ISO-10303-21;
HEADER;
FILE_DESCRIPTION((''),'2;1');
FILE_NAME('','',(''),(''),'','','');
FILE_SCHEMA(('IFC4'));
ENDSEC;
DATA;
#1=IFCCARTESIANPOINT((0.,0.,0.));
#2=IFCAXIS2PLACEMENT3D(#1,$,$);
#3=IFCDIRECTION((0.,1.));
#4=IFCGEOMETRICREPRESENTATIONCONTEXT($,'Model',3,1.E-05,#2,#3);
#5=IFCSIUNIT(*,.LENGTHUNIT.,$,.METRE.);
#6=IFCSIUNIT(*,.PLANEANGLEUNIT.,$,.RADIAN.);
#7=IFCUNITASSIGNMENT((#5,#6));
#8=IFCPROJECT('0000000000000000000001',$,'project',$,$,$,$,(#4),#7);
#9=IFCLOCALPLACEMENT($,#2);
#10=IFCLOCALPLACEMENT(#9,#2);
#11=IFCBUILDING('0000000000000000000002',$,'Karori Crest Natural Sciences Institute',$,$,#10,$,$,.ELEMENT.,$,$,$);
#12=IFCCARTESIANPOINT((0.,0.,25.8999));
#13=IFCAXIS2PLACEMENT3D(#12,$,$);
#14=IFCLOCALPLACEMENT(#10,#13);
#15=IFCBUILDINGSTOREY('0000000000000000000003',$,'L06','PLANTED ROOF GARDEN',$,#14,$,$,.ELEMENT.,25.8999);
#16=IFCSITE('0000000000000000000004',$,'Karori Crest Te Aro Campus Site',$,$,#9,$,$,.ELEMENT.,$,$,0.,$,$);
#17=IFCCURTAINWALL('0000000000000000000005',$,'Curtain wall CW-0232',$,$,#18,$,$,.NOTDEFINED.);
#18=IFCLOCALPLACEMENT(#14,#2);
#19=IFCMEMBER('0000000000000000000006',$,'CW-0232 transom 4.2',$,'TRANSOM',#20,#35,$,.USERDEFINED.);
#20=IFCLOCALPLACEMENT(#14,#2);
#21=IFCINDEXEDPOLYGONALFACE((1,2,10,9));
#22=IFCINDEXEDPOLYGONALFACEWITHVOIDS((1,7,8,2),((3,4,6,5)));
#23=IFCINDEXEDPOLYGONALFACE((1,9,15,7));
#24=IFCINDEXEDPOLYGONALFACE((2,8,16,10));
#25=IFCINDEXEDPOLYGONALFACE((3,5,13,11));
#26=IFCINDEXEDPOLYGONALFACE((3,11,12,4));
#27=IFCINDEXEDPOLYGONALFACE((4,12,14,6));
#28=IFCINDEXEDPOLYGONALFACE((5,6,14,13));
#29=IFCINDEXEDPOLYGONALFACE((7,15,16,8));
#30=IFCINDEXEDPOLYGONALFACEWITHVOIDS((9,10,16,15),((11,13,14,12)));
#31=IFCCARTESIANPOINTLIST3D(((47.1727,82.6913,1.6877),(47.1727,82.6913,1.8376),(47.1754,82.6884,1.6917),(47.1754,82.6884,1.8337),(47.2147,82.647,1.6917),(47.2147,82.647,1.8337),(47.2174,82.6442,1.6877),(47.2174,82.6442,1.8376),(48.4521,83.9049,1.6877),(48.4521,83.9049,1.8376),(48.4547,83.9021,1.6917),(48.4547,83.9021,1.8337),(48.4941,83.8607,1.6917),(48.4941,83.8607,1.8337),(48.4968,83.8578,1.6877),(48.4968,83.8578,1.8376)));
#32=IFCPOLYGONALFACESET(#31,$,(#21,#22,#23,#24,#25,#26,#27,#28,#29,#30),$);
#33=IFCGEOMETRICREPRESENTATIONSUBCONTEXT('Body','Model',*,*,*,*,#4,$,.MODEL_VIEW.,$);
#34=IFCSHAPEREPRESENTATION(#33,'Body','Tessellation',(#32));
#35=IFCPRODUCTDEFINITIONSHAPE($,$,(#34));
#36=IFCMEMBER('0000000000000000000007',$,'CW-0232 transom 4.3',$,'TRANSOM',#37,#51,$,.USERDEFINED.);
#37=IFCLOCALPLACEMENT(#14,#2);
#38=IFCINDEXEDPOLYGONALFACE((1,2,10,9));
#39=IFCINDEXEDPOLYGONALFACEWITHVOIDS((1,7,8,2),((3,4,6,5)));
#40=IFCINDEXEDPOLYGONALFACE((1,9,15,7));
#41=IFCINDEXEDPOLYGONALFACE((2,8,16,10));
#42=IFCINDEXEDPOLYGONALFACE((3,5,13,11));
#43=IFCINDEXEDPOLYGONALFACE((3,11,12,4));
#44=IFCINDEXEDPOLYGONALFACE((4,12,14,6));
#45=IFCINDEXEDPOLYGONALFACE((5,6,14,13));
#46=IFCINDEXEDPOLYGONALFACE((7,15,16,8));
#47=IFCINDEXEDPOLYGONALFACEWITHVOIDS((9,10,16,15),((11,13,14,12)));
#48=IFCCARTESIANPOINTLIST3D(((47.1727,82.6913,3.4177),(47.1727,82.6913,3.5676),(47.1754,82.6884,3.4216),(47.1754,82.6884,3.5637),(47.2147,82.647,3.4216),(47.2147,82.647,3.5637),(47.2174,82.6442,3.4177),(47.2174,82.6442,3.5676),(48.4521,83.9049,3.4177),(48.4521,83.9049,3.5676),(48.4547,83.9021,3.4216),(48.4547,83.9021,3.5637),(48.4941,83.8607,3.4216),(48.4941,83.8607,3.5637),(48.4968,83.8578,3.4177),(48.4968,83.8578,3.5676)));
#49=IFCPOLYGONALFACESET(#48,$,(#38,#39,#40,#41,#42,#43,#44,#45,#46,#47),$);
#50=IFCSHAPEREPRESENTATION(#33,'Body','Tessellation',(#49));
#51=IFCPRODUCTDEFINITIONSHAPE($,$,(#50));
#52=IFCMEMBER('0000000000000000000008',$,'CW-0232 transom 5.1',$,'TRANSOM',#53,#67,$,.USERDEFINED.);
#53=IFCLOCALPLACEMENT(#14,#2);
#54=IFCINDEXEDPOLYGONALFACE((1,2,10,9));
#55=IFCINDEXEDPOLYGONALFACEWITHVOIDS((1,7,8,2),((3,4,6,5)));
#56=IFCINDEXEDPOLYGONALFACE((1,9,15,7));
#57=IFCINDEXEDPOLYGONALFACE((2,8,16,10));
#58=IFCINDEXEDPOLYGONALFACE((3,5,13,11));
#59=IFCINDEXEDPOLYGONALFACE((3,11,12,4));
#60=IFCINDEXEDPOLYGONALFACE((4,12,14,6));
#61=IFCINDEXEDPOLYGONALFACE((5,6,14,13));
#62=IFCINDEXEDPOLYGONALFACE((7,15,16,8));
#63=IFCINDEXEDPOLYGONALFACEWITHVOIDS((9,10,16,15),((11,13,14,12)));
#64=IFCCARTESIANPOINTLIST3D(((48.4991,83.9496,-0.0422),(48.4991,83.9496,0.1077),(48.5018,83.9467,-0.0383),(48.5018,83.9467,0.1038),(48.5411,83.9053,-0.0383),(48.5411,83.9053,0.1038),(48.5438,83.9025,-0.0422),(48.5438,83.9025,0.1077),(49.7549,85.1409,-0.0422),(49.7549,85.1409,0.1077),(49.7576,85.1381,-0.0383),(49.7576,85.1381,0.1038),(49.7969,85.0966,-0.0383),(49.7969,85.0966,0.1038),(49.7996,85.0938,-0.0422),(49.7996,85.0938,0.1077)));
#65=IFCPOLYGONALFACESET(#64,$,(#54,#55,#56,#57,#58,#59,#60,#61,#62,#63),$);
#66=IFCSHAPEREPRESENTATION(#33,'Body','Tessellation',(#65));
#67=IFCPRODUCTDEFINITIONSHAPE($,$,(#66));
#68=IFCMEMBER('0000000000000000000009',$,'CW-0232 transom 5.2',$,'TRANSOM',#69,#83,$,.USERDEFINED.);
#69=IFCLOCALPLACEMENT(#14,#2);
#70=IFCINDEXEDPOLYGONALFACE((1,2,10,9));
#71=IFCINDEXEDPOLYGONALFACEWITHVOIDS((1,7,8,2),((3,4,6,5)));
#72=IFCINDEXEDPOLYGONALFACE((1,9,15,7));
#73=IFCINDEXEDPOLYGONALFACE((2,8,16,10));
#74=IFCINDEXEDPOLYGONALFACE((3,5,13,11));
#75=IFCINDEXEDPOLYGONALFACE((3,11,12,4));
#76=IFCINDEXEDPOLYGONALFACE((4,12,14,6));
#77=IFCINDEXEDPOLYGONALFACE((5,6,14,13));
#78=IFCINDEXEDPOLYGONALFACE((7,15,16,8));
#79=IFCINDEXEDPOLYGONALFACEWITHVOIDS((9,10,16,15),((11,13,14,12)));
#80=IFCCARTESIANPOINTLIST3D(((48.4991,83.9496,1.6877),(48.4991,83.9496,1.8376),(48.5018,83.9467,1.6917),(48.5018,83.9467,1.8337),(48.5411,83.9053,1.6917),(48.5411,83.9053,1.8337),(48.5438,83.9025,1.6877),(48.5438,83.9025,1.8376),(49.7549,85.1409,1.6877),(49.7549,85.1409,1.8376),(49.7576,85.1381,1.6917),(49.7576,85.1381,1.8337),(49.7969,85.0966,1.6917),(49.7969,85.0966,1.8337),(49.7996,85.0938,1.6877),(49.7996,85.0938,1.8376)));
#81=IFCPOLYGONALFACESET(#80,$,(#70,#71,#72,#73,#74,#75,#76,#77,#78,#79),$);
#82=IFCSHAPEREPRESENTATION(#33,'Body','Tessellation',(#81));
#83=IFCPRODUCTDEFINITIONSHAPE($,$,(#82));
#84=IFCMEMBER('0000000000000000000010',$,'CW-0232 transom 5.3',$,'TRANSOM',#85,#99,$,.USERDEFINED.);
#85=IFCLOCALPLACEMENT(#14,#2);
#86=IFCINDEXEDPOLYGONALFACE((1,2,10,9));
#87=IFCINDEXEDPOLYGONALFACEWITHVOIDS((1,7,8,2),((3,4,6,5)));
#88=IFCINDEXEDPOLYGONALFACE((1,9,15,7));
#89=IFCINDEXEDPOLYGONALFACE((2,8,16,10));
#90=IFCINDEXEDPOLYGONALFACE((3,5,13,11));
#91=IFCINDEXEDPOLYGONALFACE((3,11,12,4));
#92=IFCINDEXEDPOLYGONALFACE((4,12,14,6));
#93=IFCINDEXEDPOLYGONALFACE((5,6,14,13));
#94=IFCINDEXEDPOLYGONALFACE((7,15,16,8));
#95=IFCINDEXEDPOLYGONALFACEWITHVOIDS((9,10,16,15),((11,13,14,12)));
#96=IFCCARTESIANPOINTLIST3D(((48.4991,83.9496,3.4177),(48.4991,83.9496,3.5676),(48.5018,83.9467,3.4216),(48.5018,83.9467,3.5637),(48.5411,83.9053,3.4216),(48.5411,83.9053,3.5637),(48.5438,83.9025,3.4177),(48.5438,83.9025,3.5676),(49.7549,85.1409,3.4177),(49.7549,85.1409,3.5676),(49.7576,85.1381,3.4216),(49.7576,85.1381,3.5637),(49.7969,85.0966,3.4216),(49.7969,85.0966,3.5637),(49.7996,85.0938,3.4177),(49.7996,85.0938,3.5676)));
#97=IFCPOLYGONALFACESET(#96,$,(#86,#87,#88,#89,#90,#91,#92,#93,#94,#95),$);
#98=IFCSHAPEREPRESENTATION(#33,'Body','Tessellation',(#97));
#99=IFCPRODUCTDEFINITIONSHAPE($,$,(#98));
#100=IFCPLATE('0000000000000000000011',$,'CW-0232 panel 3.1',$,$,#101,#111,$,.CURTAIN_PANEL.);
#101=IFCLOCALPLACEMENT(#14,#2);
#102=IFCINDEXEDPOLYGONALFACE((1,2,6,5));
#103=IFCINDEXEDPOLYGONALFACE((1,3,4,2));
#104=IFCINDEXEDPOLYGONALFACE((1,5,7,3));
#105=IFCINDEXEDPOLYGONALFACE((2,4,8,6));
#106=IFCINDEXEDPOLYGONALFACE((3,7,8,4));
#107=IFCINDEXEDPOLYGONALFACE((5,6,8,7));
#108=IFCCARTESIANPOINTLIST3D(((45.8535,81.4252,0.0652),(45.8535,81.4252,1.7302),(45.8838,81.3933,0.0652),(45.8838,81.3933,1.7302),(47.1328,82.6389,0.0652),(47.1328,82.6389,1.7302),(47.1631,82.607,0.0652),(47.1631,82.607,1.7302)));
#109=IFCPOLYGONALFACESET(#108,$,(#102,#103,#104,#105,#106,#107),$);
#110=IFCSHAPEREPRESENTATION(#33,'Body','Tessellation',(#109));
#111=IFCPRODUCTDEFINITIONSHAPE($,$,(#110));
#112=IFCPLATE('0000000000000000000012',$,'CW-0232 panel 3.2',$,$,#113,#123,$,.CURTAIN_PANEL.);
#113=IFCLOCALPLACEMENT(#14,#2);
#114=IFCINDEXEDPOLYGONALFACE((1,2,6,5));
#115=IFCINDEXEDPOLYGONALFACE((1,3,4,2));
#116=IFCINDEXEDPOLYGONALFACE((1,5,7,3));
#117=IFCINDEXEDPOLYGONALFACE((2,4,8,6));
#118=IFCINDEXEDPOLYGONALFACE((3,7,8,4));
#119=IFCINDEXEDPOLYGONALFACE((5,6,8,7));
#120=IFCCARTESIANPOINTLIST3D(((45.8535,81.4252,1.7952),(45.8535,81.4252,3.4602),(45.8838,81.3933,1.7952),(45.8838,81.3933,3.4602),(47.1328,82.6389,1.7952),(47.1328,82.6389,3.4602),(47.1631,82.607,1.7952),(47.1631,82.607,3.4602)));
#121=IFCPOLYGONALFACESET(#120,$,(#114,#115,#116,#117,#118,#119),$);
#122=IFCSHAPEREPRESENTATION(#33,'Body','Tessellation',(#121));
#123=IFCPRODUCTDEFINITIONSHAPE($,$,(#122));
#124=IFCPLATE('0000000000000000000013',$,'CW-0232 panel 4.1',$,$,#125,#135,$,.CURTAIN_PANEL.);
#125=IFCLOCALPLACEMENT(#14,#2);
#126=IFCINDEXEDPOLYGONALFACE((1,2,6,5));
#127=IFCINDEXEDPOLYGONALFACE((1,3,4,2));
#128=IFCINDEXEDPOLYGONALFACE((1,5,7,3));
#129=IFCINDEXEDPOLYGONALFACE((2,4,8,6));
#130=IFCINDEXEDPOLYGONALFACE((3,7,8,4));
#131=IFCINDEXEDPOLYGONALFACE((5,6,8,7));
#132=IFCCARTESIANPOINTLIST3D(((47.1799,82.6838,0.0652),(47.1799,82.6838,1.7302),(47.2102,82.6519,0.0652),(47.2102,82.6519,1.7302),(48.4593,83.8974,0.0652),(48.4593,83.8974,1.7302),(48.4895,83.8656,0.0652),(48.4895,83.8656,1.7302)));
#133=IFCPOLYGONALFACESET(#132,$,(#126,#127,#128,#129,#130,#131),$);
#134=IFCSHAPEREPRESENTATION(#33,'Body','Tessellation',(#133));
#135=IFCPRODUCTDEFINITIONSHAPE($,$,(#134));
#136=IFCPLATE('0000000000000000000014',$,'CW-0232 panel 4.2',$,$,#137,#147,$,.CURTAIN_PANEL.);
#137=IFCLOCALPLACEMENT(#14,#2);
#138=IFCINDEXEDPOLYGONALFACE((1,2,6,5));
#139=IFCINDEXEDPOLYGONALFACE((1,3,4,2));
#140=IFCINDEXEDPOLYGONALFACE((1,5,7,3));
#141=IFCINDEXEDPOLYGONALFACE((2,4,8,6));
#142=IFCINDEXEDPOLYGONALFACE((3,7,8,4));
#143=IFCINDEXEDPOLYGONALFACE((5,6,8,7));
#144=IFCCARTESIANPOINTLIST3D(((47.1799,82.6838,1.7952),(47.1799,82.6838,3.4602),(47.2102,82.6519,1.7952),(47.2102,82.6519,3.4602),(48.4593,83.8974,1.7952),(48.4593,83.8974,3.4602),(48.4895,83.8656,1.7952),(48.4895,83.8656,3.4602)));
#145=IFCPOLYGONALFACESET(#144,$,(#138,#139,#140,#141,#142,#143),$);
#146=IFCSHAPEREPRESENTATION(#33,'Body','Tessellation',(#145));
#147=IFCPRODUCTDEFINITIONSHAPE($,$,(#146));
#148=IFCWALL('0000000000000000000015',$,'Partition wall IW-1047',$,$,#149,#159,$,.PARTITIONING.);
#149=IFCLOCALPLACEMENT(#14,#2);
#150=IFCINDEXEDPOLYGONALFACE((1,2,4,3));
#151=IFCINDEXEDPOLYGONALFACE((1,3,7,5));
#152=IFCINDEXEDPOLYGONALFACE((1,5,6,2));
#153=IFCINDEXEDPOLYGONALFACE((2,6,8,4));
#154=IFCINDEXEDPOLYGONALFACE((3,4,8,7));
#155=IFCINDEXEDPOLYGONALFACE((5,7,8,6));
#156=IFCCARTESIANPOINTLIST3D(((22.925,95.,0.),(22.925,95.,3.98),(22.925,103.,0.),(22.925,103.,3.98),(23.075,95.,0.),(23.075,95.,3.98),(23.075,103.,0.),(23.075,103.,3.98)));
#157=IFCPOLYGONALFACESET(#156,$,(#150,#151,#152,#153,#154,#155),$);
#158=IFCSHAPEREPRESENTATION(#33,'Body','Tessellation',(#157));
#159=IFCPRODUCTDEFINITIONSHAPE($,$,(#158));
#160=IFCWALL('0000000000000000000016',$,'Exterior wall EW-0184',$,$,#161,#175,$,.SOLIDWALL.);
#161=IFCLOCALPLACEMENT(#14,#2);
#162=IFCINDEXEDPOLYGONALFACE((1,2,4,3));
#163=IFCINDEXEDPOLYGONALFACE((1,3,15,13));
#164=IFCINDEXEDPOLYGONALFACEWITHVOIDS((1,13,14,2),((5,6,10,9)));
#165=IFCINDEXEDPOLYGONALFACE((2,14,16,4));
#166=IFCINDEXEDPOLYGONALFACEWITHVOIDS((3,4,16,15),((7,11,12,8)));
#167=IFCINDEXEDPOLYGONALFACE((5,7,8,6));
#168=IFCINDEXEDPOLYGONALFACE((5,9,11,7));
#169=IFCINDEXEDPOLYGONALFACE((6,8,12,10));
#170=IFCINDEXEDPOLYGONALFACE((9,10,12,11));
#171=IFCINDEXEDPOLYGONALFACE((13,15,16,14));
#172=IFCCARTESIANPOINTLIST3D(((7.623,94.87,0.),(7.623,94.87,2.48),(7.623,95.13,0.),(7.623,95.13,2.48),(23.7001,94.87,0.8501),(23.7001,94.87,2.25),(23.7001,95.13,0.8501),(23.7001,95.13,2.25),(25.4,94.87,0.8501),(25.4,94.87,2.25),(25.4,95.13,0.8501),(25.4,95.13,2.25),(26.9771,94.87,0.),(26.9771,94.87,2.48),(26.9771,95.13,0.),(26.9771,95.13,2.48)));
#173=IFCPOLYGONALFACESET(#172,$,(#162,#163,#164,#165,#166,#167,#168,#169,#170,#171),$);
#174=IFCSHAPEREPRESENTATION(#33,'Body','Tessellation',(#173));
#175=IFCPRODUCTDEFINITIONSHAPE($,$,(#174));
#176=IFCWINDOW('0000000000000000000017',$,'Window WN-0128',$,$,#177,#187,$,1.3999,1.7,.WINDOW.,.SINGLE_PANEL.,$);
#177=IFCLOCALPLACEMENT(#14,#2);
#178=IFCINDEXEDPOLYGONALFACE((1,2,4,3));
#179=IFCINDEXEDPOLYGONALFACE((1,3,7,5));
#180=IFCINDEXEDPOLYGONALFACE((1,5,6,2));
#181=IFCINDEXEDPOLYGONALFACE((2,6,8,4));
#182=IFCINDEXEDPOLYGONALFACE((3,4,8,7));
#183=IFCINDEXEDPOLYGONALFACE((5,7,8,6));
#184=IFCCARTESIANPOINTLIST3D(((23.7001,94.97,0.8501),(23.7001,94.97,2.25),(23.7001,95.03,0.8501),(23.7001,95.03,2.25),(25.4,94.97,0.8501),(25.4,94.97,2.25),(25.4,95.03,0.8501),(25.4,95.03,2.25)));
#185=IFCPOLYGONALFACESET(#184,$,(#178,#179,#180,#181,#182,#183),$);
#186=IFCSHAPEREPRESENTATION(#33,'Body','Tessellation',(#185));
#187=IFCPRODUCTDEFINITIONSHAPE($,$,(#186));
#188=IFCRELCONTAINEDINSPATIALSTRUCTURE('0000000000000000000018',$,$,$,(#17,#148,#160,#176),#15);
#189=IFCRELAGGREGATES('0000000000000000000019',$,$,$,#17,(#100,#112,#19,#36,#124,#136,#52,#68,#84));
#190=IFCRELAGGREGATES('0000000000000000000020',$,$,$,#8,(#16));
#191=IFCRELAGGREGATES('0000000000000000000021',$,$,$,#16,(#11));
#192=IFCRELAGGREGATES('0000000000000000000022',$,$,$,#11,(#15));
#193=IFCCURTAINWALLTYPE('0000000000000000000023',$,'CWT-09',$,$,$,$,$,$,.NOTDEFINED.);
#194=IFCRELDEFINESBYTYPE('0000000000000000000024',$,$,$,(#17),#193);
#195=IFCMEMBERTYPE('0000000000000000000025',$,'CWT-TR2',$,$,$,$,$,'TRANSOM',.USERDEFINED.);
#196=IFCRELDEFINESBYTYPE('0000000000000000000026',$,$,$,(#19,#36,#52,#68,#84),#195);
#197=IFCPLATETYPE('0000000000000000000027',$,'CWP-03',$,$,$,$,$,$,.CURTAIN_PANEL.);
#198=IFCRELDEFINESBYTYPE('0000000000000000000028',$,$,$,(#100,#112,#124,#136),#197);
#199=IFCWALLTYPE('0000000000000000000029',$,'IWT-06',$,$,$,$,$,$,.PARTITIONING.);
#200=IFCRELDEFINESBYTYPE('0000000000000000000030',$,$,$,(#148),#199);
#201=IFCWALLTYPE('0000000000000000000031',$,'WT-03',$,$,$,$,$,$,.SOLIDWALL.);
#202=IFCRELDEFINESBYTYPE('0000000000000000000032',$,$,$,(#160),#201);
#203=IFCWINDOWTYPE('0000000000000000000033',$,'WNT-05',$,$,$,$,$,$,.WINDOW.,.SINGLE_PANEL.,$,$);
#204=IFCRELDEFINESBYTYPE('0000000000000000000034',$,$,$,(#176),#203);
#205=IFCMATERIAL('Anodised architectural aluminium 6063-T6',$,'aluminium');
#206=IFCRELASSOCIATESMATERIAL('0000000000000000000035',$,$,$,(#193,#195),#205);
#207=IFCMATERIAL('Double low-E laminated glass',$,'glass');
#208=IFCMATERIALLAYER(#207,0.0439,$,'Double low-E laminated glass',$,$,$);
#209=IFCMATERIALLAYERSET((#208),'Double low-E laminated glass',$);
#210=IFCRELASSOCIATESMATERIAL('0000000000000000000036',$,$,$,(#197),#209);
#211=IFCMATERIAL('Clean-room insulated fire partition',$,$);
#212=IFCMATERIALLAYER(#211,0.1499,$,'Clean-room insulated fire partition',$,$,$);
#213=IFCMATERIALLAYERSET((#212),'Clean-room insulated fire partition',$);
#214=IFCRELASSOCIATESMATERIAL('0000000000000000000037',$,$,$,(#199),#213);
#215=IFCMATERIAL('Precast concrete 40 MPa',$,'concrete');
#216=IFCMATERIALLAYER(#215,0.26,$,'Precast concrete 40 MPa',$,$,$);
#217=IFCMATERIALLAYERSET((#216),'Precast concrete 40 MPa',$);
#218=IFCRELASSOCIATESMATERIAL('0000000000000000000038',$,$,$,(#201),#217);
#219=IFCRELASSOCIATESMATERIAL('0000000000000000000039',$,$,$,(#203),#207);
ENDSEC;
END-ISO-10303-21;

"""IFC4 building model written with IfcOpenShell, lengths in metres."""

from ifc_helpers import new_model, si_unit, direction, frame, frame_2d, origin, origin_2d, place, context, subcontext, project, spatial, rectangle, hollow_rectangle, extrude, material, layer, layer_set, material_profile, profile_set, type_object, element, fill, aggregate, save


model = new_model("IFC4")

# Units and contexts
model_context = context("Model", 3, precision=1e-05, world=origin(), true_north=direction((0.0, 1.0)))
body_context = subcontext(model_context, "Body", "Model", "MODEL_VIEW")
ifc_project = project(units=[si_unit("LENGTHUNIT", "METRE"), si_unit("PLANEANGLEUNIT", "RADIAN")], contexts=[model_context])

# Site, building, storey
site_placement = place(None, origin())
site = spatial("IfcSite", under=ifc_project, at=site_placement, Name="Karori Crest Te Aro Campus Site", CompositionType="ELEMENT", RefElevation=0.0)
building_placement = place(site_placement, origin())
building = spatial("IfcBuilding", under=site, at=building_placement, Name="Karori Crest Natural Sciences Institute", CompositionType="ELEMENT")
storey_placement = place(building_placement, frame((0.0, 0.0, 25.8999)))
storey = spatial("IfcBuildingStorey", under=building, at=storey_placement, Name="L06", Description="PLANTED ROOF GARDEN", CompositionType="ELEMENT", Elevation=25.8999)

# Curtain wall, members, plates
ifc_material_1 = material(Name="Anodised architectural aluminium 6063-T6", Category="aluminium")
curtain_wall_type = type_object("IfcCurtainWallType", Name="CWT-09", PredefinedType="NOTDEFINED", material=ifc_material_1)
curtain_wall_placement = place(storey_placement, origin())
curtain_wall = element("IfcCurtainWall", 1, at=curtain_wall_placement, inside=storey, type_object=curtain_wall_type, Name="Curtain wall CW-0232", PredefinedType="NOTDEFINED")
ifc_material_profile_1 = material_profile(ifc_material_1, hollow_rectangle(XDim=0.0649, YDim=0.1499, WallThickness=0.0039, at=origin_2d()), Name="CWT150x65x4")
ifc_profile_set_1 = profile_set([ifc_material_profile_1], Name="Anodised architectural aluminium 6063-T6")
member_type_1 = type_object("IfcMemberType", Name="CWT-TR2", ElementType="TRANSOM", PredefinedType="USERDEFINED", material=ifc_profile_set_1)
member_1_placement = place(storey_placement, frame((47.1951, 82.6677, 1.7627), z_axis=(0.725483, 0.68824, 0.0), x_axis=(-0.68824, 0.725483, 0.0)))
member_1 = element("IfcMember", 2, at=member_1_placement, type_object=member_type_1, Name="CW-0232 transom 4.2", ObjectType="TRANSOM", PredefinedType="USERDEFINED", context=body_context, shape_type="SweptSolid", body=[
    extrude(hollow_rectangle(XDim=0.0649, YDim=0.1499, WallThickness=0.0039, at=origin_2d()), origin(), (0.0, 0.0, 1.0), 1.7634),
])
member_2_placement = place(storey_placement, frame((47.1951, 82.6677, 3.4927), z_axis=(0.725483, 0.68824, 0.0), x_axis=(-0.68824, 0.725483, 0.0)))
member_2 = element("IfcMember", 3, at=member_2_placement, type_object=member_type_1, Name="CW-0232 transom 4.3", ObjectType="TRANSOM", PredefinedType="USERDEFINED", context=body_context, shape_type="SweptSolid", body=[
    extrude(hollow_rectangle(XDim=0.0649, YDim=0.1499, WallThickness=0.0039, at=origin_2d()), origin(), (0.0, 0.0, 1.0), 1.7634),
])
member_3_placement = place(storey_placement, frame((48.5215, 83.926, 0.0327), z_axis=(0.725478, 0.688245, 0.0), x_axis=(-0.688245, 0.725478, 0.0)))
member_3 = element("IfcMember", 4, at=member_3_placement, type_object=member_type_1, Name="CW-0232 transom 5.1", ObjectType="TRANSOM", PredefinedType="USERDEFINED", context=body_context, shape_type="SweptSolid", body=[
    extrude(hollow_rectangle(XDim=0.0649, YDim=0.1499, WallThickness=0.0039, at=origin_2d()), origin(), (0.0, 0.0, 1.0), 1.731),
])
member_4_placement = place(storey_placement, frame((48.5215, 83.926, 1.7627), z_axis=(0.725478, 0.688245, 0.0), x_axis=(-0.688245, 0.725478, 0.0)))
member_4 = element("IfcMember", 5, at=member_4_placement, type_object=member_type_1, Name="CW-0232 transom 5.2", ObjectType="TRANSOM", PredefinedType="USERDEFINED", context=body_context, shape_type="SweptSolid", body=[
    extrude(hollow_rectangle(XDim=0.0649, YDim=0.1499, WallThickness=0.0039, at=origin_2d()), origin(), (0.0, 0.0, 1.0), 1.731),
])
member_5_placement = place(storey_placement, frame((48.5215, 83.926, 3.4927), z_axis=(0.725478, 0.688245, 0.0), x_axis=(-0.688245, 0.725478, 0.0)))
member_5 = element("IfcMember", 6, at=member_5_placement, type_object=member_type_1, Name="CW-0232 transom 5.3", ObjectType="TRANSOM", PredefinedType="USERDEFINED", context=body_context, shape_type="SweptSolid", body=[
    extrude(hollow_rectangle(XDim=0.0649, YDim=0.1499, WallThickness=0.0039, at=origin_2d()), origin(), (0.0, 0.0, 1.0), 1.731),
])
ifc_material_2 = material(Name="Double low-E laminated glass", Category="glass")
ifc_layer_1 = layer(ifc_material_2, 0.0439, Name="Double low-E laminated glass")
ifc_layer_set_1 = layer_set([ifc_layer_1], Name="Double low-E laminated glass")
plate_type = type_object("IfcPlateType", Name="CWP-03", PredefinedType="CURTAIN_PANEL", material=ifc_layer_set_1)
plate_1_placement = place(storey_placement, frame((46.5083, 82.0161, 0.0652), z_axis=(0.0, 0.0, 1.0), x_axis=(0.725473, 0.688251, 0.0)))
plate_1 = element("IfcPlate", 7, at=plate_1_placement, type_object=plate_type, Name="CW-0232 panel 3.1", PredefinedType="CURTAIN_PANEL", context=body_context, shape_type="SweptSolid", body=[
    extrude(rectangle(XDim=1.7634, YDim=0.0439, at=origin_2d()), origin(), (0.0, 0.0, 1.0), 1.665),
])
plate_2_placement = place(storey_placement, frame((46.5083, 82.0161, 1.7952), z_axis=(0.0, 0.0, 1.0), x_axis=(0.725473, 0.688251, 0.0)))
plate_2 = element("IfcPlate", 8, at=plate_2_placement, type_object=plate_type, Name="CW-0232 panel 3.2", PredefinedType="CURTAIN_PANEL", context=body_context, shape_type="SweptSolid", body=[
    extrude(rectangle(XDim=1.7634, YDim=0.0439, at=origin_2d()), origin(), (0.0, 0.0, 1.0), 1.665),
])
plate_3_placement = place(storey_placement, frame((47.8347, 83.2747, 0.0652), z_axis=(0.0, 0.0, 1.0), x_axis=(0.725473, 0.688251, 0.0)))
plate_3 = element("IfcPlate", 9, at=plate_3_placement, type_object=plate_type, Name="CW-0232 panel 4.1", PredefinedType="CURTAIN_PANEL", context=body_context, shape_type="SweptSolid", body=[
    extrude(rectangle(XDim=1.7634, YDim=0.0439, at=origin_2d()), origin(), (0.0, 0.0, 1.0), 1.665),
])
plate_4_placement = place(storey_placement, frame((47.8347, 83.2747, 1.7952), z_axis=(0.0, 0.0, 1.0), x_axis=(0.725473, 0.688251, 0.0)))
plate_4 = element("IfcPlate", 10, at=plate_4_placement, type_object=plate_type, Name="CW-0232 panel 4.2", PredefinedType="CURTAIN_PANEL", context=body_context, shape_type="SweptSolid", body=[
    extrude(rectangle(XDim=1.7634, YDim=0.0439, at=origin_2d()), origin(), (0.0, 0.0, 1.0), 1.665),
])
aggregate(curtain_wall, [plate_1, plate_2, member_1, member_2, plate_3, plate_4, member_3, member_4, member_5])

# Wall
ifc_material_3 = material(Name="Clean-room insulated fire partition")
ifc_layer_2 = layer(ifc_material_3, 0.1499, Name="Clean-room insulated fire partition")
ifc_layer_set_2 = layer_set([ifc_layer_2], Name="Clean-room insulated fire partition")
wall_type_1 = type_object("IfcWallType", Name="IWT-06", PredefinedType="PARTITIONING", material=ifc_layer_set_2)
wall_1_placement = place(storey_placement, frame((23.0, 95.0, 0.0), z_axis=(0.0, 0.0, 1.0), x_axis=(0.0, 1.0, 0.0)))
element("IfcWall", 11, at=wall_1_placement, inside=storey, type_object=wall_type_1, Name="Partition wall IW-1047", PredefinedType="PARTITIONING", context=body_context, shape_type="SweptSolid", body=[
    extrude(rectangle(XDim=8.0, YDim=0.1499, at=frame_2d((4.0, 0.0))), origin(), (0.0, 0.0, 1.0), 3.98),
])

# Wall, opening, window
ifc_material_4 = material(Name="Precast concrete 40 MPa", Category="concrete")
ifc_layer_3 = layer(ifc_material_4, 0.26, Name="Precast concrete 40 MPa")
ifc_layer_set_3 = layer_set([ifc_layer_3], Name="Precast concrete 40 MPa")
wall_type_2 = type_object("IfcWallType", Name="WT-03", PredefinedType="SOLIDWALL", material=ifc_layer_set_3)
wall_2_placement = place(storey_placement, frame((26.9771, 95.0, 0.0), z_axis=(0.0, 0.0, 1.0), x_axis=(-1.0, 0.0, 0.0)))
wall_2 = element("IfcWall", 12, at=wall_2_placement, inside=storey, type_object=wall_type_2, Name="Exterior wall EW-0184", PredefinedType="SOLIDWALL", context=body_context, shape_type="SweptSolid", body=[
    extrude(rectangle(XDim=19.354, YDim=0.26, at=frame_2d((9.677, 0.0))), origin(), (0.0, 0.0, 1.0), 2.48),
])
opening_placement = place(wall_2_placement, frame((1.5769, 0.0, 0.8501)))
opening = element("IfcOpeningElement", 13, at=opening_placement, cuts=wall_2, PredefinedType="OPENING", context=body_context, shape_type="SweptSolid", body=[
    extrude(rectangle(XDim=1.7, YDim=1.3999, at=frame_2d((0.8501, 0.7))), frame((0.0, 0.1401, 0.0), z_axis=(0.0, -1.0, 0.0), x_axis=(1.0, 0.0, 0.0)), (0.0, 0.0, 1.0), 0.28),
])
window_type = type_object("IfcWindowType", Name="WNT-05", PartitioningType="SINGLE_PANEL", PredefinedType="WINDOW", material=ifc_material_2)
window_placement = place(opening_placement, origin())
window = element("IfcWindow", 14, at=window_placement, inside=storey, type_object=window_type, Name="Window WN-0128", OverallHeight=1.3999, OverallWidth=1.7, PartitioningType="SINGLE_PANEL", PredefinedType="WINDOW", context=body_context, shape_type="SweptSolid", body=[
    extrude(rectangle(XDim=1.7, YDim=1.3999, at=frame_2d((0.8501, 0.7))), frame((0.0, 0.03, 0.0), z_axis=(0.0, -1.0, 0.0), x_axis=(1.0, 0.0, 0.0)), (0.0, 0.0, 1.0), 0.0601),
])
fill(opening, window)

save(model, "model.ifc")
